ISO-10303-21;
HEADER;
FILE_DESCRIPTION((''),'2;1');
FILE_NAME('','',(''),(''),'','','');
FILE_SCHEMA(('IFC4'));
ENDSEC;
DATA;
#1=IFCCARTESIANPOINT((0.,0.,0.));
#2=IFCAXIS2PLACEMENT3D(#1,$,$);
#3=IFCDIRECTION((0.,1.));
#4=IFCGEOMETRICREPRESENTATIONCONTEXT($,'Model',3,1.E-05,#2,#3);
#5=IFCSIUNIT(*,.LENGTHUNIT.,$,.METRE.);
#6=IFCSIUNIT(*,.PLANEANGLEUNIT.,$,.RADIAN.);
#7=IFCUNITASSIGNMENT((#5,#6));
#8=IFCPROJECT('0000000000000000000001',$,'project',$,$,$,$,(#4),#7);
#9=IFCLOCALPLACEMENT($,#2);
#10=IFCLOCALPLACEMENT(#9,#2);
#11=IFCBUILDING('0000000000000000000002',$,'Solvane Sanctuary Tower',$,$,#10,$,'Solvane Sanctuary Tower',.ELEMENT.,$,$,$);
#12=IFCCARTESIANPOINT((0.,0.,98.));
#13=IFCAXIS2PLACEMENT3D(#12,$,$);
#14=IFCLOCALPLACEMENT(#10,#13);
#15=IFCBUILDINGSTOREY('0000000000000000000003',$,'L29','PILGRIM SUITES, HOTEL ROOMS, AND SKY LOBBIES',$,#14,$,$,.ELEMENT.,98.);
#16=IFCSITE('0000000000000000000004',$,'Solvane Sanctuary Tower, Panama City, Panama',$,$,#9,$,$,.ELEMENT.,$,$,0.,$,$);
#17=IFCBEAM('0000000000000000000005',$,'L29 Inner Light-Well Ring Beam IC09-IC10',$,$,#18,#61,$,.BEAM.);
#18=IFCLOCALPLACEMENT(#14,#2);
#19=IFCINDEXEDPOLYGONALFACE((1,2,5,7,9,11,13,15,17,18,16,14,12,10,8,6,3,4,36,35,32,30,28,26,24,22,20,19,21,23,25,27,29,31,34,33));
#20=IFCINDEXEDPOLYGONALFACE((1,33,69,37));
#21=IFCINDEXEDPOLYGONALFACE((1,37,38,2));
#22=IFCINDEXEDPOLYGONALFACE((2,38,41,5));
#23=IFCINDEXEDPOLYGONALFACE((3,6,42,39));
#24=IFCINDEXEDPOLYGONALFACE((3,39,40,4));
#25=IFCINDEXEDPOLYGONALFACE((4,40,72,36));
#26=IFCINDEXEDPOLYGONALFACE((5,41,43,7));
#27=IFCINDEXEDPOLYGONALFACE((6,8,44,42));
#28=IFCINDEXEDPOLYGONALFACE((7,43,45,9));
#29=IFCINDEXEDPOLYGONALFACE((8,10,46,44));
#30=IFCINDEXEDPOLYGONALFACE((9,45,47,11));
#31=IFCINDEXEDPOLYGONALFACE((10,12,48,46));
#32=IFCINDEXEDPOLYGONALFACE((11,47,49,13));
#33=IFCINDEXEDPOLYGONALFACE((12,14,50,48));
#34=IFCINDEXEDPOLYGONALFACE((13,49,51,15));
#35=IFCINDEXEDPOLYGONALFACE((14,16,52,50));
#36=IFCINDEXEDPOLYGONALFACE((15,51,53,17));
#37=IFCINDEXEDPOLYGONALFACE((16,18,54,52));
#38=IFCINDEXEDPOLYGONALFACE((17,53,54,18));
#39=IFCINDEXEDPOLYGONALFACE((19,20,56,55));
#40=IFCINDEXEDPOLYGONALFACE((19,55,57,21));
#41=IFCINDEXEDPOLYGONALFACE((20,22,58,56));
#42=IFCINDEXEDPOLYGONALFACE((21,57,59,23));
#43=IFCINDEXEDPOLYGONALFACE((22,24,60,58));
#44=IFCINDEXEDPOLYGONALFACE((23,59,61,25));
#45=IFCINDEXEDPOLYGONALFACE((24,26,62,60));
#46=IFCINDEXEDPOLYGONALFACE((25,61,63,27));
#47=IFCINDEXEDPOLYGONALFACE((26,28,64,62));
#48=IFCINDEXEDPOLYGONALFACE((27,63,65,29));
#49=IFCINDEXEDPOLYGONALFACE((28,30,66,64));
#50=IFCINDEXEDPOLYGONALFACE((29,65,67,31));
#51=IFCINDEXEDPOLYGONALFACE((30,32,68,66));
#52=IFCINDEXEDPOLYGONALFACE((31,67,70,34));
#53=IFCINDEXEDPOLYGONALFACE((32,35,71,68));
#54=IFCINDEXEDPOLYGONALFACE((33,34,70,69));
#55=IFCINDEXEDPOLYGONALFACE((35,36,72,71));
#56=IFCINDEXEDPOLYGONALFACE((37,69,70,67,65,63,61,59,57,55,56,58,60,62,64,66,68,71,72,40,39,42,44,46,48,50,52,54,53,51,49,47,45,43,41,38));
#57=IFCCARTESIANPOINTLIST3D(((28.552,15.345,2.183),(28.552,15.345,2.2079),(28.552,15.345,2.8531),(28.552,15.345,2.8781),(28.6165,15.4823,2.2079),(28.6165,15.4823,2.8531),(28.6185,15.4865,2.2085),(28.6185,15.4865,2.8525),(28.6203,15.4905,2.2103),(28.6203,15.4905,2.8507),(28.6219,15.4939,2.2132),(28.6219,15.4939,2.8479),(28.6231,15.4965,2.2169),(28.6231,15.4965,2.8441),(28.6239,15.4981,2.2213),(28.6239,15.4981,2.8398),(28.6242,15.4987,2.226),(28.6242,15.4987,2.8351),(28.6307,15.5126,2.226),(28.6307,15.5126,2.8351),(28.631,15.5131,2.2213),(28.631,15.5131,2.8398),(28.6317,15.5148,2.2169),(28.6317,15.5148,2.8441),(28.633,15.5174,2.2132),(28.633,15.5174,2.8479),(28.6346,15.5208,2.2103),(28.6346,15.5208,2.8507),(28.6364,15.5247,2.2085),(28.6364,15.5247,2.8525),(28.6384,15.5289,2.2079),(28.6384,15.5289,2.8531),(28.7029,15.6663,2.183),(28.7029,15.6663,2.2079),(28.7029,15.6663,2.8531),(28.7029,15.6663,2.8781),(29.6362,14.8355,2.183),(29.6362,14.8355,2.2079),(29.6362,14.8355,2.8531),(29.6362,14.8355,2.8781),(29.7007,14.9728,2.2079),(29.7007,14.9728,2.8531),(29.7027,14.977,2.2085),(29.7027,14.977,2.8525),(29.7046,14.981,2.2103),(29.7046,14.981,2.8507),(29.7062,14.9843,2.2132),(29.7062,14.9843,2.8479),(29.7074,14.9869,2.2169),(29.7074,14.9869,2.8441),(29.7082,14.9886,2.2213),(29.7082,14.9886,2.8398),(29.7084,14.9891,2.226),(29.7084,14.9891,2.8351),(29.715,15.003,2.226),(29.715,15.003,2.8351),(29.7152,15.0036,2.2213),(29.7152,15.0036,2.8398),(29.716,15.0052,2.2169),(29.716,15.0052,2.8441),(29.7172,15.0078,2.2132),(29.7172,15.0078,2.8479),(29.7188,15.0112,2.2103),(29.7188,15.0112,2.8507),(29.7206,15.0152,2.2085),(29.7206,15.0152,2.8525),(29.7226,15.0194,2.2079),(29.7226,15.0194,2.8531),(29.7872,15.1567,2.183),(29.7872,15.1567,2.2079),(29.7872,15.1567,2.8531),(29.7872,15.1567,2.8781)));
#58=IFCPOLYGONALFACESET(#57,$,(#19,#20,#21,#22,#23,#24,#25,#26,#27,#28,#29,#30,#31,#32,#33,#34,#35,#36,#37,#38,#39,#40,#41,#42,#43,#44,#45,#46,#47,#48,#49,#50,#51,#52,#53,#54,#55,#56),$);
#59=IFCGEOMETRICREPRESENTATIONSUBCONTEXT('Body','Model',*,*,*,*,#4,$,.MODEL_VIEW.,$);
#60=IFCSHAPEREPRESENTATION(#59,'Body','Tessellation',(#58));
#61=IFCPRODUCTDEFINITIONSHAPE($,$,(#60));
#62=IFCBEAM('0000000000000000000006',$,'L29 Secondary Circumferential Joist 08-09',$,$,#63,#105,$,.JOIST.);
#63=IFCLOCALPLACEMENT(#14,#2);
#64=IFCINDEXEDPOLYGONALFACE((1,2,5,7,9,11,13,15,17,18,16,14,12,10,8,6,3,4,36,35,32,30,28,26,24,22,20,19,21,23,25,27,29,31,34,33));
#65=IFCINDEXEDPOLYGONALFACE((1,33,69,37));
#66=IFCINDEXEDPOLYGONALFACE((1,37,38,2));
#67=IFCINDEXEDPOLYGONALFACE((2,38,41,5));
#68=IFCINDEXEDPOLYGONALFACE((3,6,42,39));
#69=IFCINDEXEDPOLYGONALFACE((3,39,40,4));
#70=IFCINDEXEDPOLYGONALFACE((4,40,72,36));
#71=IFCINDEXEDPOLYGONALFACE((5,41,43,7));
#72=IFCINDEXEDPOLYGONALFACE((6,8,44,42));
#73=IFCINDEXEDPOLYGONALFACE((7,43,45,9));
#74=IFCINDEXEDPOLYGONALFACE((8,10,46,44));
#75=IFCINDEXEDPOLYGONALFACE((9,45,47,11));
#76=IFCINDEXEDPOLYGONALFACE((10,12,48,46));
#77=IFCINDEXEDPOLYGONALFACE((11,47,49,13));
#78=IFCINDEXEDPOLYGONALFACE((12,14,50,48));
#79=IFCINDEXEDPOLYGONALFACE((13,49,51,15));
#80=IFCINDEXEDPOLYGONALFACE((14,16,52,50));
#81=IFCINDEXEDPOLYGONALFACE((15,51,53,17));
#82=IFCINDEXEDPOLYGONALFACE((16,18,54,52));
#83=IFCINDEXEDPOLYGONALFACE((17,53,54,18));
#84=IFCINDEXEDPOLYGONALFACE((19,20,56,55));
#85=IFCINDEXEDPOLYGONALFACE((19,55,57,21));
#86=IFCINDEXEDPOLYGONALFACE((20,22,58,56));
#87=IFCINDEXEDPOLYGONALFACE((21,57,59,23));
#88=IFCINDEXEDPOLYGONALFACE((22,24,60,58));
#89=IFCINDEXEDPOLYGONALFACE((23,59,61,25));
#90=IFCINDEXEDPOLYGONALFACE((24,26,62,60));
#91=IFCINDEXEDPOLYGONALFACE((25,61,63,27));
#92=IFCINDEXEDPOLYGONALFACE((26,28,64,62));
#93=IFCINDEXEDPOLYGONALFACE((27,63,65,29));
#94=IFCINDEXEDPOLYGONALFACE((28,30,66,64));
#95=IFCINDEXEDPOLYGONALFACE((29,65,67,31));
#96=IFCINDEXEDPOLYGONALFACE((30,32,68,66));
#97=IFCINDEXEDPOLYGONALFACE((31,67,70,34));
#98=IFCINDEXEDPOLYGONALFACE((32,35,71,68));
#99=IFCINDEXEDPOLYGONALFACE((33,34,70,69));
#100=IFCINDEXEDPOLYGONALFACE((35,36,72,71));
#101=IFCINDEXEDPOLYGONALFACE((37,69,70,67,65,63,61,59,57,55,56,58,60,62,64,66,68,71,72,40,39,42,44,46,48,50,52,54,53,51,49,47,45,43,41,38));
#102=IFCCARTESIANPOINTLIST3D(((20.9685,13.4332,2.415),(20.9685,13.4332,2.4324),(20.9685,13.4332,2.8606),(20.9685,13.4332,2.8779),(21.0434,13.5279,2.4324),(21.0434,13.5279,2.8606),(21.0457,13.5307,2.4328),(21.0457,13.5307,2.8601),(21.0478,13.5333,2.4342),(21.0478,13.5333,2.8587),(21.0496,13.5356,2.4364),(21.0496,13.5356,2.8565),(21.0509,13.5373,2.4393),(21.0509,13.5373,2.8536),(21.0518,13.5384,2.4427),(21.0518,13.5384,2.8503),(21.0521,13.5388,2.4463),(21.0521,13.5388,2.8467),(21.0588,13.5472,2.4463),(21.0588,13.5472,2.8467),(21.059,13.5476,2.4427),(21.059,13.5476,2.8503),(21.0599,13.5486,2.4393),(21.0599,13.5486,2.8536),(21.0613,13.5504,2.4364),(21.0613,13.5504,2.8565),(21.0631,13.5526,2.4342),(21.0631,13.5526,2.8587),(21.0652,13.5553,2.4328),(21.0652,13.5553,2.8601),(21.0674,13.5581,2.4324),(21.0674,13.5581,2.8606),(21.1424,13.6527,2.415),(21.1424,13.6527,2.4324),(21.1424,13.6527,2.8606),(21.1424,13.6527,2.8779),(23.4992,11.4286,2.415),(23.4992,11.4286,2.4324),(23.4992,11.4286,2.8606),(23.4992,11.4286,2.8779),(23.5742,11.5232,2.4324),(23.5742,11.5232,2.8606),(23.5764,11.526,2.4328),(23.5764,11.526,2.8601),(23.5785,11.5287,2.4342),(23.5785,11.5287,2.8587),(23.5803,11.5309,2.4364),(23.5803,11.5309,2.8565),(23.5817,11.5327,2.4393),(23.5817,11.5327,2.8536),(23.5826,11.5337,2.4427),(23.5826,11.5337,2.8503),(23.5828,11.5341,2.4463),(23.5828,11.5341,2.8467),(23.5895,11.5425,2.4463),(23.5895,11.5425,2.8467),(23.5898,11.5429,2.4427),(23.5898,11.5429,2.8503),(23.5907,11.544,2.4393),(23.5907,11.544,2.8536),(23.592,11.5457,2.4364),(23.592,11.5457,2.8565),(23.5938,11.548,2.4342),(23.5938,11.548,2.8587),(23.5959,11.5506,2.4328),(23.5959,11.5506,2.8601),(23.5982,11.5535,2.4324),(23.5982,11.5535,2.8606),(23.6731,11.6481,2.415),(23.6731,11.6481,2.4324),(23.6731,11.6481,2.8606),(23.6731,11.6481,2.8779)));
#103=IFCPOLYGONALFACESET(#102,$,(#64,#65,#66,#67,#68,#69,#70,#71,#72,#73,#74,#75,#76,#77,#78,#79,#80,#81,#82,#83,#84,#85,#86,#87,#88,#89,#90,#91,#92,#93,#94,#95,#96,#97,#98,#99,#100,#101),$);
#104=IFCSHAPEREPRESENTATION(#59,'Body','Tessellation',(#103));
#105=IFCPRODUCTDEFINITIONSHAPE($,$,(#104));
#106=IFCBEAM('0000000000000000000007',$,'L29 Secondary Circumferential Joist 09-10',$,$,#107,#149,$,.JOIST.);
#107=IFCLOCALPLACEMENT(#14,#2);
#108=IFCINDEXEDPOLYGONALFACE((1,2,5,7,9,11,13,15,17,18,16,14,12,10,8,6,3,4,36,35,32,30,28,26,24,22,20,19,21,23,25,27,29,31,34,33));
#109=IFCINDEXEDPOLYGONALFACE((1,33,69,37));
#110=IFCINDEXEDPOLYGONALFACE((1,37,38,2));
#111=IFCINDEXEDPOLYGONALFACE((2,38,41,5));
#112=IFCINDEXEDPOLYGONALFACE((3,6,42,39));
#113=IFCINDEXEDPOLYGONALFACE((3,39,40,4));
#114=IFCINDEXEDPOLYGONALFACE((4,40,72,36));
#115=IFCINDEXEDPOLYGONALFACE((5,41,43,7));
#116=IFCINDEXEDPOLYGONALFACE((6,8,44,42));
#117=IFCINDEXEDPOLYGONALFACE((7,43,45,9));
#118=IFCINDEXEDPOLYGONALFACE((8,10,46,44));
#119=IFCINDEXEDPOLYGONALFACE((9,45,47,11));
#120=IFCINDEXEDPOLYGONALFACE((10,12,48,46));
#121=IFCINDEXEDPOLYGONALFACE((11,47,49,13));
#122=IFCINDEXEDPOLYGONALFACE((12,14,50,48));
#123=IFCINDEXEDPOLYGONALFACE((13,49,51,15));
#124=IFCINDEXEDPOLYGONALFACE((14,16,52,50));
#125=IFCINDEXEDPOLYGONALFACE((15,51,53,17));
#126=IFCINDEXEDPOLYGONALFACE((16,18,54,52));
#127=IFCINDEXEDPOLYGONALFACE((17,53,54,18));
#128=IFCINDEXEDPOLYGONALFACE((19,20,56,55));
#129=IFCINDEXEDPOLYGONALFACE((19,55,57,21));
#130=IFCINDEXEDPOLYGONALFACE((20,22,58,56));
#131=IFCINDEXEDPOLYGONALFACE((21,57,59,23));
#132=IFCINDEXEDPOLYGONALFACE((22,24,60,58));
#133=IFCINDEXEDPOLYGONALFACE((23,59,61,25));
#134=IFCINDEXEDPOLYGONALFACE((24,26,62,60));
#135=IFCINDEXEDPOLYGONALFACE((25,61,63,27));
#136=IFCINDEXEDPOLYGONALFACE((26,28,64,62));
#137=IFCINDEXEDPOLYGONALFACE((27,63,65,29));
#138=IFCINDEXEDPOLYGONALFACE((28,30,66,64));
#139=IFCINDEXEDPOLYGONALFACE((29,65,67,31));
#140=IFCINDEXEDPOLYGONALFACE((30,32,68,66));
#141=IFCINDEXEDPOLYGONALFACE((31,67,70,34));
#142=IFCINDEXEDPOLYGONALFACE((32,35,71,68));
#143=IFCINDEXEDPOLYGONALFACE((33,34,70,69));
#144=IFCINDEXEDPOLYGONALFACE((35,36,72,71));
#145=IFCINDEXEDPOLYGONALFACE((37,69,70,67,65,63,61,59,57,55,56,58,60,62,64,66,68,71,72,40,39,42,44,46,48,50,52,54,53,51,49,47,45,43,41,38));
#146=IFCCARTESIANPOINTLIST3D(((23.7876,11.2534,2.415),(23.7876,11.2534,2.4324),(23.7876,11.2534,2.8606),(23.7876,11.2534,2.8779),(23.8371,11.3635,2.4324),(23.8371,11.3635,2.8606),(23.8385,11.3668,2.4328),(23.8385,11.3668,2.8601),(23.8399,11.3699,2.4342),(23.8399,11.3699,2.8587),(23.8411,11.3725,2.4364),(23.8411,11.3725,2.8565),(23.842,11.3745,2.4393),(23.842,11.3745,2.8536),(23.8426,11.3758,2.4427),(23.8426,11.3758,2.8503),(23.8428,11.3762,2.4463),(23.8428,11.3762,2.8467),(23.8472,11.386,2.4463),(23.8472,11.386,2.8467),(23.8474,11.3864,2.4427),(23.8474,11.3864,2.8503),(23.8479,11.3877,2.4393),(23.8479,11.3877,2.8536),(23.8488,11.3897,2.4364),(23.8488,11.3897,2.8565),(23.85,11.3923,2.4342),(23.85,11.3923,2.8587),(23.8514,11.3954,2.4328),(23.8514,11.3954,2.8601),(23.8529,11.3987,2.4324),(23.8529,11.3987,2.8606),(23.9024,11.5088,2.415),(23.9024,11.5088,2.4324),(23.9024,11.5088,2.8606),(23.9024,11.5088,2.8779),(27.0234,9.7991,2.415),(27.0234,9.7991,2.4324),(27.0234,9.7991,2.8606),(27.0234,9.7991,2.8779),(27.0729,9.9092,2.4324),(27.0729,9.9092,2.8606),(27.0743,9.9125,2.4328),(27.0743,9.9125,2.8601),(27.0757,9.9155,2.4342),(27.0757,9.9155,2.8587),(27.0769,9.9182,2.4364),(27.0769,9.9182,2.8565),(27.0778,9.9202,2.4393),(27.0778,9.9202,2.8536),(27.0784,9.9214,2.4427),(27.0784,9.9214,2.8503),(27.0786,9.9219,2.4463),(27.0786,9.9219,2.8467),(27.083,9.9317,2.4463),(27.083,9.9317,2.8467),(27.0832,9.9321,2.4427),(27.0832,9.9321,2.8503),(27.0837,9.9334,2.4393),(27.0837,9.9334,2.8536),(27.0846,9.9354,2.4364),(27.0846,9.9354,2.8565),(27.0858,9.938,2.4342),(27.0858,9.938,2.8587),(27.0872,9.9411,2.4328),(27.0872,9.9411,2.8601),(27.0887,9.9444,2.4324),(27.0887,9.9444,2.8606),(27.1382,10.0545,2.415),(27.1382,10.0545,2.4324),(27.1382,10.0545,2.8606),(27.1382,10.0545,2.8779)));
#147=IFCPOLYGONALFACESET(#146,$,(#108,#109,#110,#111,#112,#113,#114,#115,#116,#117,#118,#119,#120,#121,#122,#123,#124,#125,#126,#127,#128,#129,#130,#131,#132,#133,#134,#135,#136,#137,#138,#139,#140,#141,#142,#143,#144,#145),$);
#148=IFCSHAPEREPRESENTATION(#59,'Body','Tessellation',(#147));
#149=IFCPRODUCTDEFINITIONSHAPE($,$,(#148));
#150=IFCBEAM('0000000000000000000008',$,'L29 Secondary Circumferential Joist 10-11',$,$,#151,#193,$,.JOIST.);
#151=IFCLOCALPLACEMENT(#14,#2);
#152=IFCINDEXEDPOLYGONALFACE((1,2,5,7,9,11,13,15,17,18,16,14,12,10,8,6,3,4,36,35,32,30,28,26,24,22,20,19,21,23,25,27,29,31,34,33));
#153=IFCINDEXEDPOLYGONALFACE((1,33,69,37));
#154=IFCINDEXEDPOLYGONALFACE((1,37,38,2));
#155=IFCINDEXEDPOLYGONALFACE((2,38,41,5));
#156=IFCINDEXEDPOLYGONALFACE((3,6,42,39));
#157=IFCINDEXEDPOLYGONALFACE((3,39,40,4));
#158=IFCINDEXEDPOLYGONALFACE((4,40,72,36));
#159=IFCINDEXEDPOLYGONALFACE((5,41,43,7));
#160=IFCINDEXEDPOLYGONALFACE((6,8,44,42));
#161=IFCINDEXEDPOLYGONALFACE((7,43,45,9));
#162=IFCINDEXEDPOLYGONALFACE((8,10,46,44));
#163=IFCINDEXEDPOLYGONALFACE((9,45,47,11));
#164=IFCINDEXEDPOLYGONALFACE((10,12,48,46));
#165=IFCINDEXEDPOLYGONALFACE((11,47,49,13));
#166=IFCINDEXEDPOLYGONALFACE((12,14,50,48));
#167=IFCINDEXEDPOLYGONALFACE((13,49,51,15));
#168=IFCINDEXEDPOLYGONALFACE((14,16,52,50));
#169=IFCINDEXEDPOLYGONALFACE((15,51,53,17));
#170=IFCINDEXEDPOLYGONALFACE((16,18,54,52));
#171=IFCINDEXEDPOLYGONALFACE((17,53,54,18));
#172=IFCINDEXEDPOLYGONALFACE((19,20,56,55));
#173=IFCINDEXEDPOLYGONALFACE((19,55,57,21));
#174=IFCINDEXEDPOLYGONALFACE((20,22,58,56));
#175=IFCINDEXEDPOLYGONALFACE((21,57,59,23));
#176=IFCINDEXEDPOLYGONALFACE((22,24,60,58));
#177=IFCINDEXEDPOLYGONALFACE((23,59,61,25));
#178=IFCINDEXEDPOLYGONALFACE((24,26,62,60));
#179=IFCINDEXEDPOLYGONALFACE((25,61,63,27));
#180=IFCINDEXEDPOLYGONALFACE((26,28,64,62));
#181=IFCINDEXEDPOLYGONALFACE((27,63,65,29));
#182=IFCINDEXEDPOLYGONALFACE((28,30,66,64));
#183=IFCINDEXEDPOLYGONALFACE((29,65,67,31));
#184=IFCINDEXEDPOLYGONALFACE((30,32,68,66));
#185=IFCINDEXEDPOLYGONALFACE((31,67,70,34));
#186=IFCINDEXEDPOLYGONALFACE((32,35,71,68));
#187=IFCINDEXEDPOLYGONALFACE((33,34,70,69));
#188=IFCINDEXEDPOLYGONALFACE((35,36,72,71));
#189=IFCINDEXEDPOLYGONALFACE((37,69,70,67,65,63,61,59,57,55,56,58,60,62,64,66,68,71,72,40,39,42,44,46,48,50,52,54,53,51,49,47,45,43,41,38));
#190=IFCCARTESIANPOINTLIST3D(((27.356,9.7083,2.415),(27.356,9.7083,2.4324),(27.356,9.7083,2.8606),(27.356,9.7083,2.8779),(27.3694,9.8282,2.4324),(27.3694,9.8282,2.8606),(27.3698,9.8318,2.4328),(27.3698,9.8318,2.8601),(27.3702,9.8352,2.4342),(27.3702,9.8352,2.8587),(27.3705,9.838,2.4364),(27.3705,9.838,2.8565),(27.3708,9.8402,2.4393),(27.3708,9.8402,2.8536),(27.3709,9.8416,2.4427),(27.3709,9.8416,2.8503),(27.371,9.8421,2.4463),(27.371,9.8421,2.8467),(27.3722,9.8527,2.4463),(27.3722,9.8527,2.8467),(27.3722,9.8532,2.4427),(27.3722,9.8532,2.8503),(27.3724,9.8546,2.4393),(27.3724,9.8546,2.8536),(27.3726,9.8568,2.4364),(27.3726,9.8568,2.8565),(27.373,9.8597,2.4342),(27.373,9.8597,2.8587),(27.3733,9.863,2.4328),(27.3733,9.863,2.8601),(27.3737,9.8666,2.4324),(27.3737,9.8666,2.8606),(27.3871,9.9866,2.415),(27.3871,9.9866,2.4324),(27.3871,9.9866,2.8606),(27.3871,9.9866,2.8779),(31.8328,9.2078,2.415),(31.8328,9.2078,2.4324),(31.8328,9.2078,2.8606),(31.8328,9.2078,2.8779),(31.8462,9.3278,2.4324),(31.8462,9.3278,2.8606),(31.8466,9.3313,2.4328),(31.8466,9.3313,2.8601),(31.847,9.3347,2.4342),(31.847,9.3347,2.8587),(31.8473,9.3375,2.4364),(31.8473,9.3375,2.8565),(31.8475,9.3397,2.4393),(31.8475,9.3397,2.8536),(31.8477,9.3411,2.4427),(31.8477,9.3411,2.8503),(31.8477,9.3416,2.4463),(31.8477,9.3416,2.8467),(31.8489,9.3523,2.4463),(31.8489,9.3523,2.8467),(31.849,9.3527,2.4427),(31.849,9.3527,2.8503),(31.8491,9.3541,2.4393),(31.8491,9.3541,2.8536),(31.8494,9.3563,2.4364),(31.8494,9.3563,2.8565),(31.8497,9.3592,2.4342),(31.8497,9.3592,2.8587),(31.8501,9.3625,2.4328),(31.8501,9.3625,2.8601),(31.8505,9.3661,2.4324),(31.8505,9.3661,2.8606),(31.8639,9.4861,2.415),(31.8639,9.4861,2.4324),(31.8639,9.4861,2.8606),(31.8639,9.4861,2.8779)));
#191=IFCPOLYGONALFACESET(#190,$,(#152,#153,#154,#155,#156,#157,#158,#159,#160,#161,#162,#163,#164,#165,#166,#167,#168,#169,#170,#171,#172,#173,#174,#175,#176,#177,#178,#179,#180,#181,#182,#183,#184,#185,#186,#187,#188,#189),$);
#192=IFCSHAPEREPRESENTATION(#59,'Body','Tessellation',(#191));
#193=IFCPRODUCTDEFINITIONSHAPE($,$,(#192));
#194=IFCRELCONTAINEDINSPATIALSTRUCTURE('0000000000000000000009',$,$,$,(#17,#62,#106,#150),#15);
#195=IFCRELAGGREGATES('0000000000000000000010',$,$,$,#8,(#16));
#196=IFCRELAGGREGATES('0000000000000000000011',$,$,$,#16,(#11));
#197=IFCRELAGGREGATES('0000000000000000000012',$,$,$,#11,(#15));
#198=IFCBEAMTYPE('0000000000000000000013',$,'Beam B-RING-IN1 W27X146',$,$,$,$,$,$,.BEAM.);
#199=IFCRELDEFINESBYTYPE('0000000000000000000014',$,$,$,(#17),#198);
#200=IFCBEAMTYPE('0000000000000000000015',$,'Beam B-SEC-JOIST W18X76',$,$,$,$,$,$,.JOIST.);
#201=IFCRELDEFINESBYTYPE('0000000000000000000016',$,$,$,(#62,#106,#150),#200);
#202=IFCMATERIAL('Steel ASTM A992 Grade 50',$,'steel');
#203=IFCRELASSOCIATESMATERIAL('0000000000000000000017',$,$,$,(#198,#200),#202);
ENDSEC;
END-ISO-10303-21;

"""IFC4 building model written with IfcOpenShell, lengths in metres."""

from ifc_helpers import new_model, si_unit, direction, frame, origin, origin_2d, place, context, subcontext, project, spatial, i_section, extrude, material, material_profile, profile_set, type_object, element, save


model = new_model("IFC4")

# Units and contexts
model_context = context("Model", 3, precision=1e-05, world=origin(), true_north=direction((0.0, 1.0)))
body_context = subcontext(model_context, "Body", "Model", "MODEL_VIEW")
ifc_project = project(units=[si_unit("LENGTHUNIT", "METRE"), si_unit("PLANEANGLEUNIT", "RADIAN")], contexts=[model_context])

# Site, building, storey
site_placement = place(None, origin())
site = spatial("IfcSite", under=ifc_project, at=site_placement, Name="Solvane Sanctuary Tower, Panama City, Panama", CompositionType="ELEMENT", RefElevation=0.0)
building_placement = place(site_placement, origin())
building = spatial("IfcBuilding", under=site, at=building_placement, Name="Solvane Sanctuary Tower", LongName="Solvane Sanctuary Tower", CompositionType="ELEMENT")
storey_placement = place(building_placement, frame((0.0, 0.0, 98.0)))
storey = spatial("IfcBuildingStorey", under=building, at=storey_placement, Name="L29", Description="PILGRIM SUITES, HOTEL ROOMS, AND SKY LOBBIES", CompositionType="ELEMENT", Elevation=98.0)

# Beams
ifc_material_1 = material(Name="Steel ASTM A992 Grade 50", Category="steel")
ifc_material_profile_1 = material_profile(ifc_material_1, i_section(OverallWidth=0.355, OverallDepth=0.6951, WebThickness=0.0154, FlangeThickness=0.0249, FilletRadius=0.0181, at=origin_2d()), Name="W27X146")
ifc_profile_set_1 = profile_set([ifc_material_profile_1], Name="Steel ASTM A992 Grade 50")
beam_type_1 = type_object("IfcBeamType", Name="Beam B-RING-IN1 W27X146", PredefinedType="BEAM", material=ifc_profile_set_1)
beam_1_placement = place(storey_placement, frame((28.6274, 15.5056, 2.5305), z_axis=(0.905045, -0.425316, 0.0), x_axis=(0.425316, 0.905045, 0.0)))
element("IfcBeam", 1, at=beam_1_placement, inside=storey, type_object=beam_type_1, Name="L29 Inner Light-Well Ring Beam IC09-IC10", PredefinedType="BEAM", context=body_context, shape_type="SweptSolid", body=[
    extrude(i_section(OverallWidth=0.355, OverallDepth=0.6951, WebThickness=0.0154, FlangeThickness=0.0249, FilletRadius=0.0181, at=origin_2d()), origin(), (0.0, 0.0, 1.0), 1.198),
])
ifc_material_profile_2 = material_profile(ifc_material_1, i_section(OverallWidth=0.28, OverallDepth=0.4629, WebThickness=0.0107, FlangeThickness=0.0173, FilletRadius=0.0139, at=origin_2d()), Name="W18X76")
ifc_profile_set_2 = profile_set([ifc_material_profile_2], Name="Steel ASTM A992 Grade 50")
beam_type_2 = type_object("IfcBeamType", Name="Beam B-SEC-JOIST W18X76", PredefinedType="JOIST", material=ifc_profile_set_2)
beam_2_placement = place(storey_placement, frame((21.0554, 13.543, 2.6465), z_axis=(0.783877, -0.620916, 0.0), x_axis=(0.620916, 0.783877, 0.0)))
element("IfcBeam", 2, at=beam_2_placement, inside=storey, type_object=beam_type_2, Name="L29 Secondary Circumferential Joist 08-09", PredefinedType="JOIST", context=body_context, shape_type="SweptSolid", body=[
    extrude(i_section(OverallWidth=0.28, OverallDepth=0.4629, WebThickness=0.0107, FlangeThickness=0.0173, FilletRadius=0.0139, at=origin_2d()), origin(), (0.0, 0.0, 1.0), 3.2285),
])
beam_3_placement = place(storey_placement, frame((23.845, 11.3811, 2.6465), z_axis=(0.912109, -0.409947, 0.0), x_axis=(0.409947, 0.912109, 0.0)))
element("IfcBeam", 3, at=beam_3_placement, inside=storey, type_object=beam_type_2, Name="L29 Secondary Circumferential Joist 09-10", PredefinedType="JOIST", context=body_context, shape_type="SweptSolid", body=[
    extrude(i_section(OverallWidth=0.28, OverallDepth=0.4629, WebThickness=0.0107, FlangeThickness=0.0173, FilletRadius=0.0139, at=origin_2d()), origin(), (0.0, 0.0, 1.0), 3.5476),
])
beam_4_placement = place(storey_placement, frame((27.3716, 9.8474, 2.6465), z_axis=(0.993809, -0.111104, 0.0), x_axis=(0.111104, 0.993809, 0.0)))
element("IfcBeam", 4, at=beam_4_placement, inside=storey, type_object=beam_type_2, Name="L29 Secondary Circumferential Joist 10-11", PredefinedType="JOIST", context=body_context, shape_type="SweptSolid", body=[
    extrude(i_section(OverallWidth=0.28, OverallDepth=0.4629, WebThickness=0.0107, FlangeThickness=0.0173, FilletRadius=0.0139, at=origin_2d()), origin(), (0.0, 0.0, 1.0), 4.5046),
])

save(model, "model.ifc")
